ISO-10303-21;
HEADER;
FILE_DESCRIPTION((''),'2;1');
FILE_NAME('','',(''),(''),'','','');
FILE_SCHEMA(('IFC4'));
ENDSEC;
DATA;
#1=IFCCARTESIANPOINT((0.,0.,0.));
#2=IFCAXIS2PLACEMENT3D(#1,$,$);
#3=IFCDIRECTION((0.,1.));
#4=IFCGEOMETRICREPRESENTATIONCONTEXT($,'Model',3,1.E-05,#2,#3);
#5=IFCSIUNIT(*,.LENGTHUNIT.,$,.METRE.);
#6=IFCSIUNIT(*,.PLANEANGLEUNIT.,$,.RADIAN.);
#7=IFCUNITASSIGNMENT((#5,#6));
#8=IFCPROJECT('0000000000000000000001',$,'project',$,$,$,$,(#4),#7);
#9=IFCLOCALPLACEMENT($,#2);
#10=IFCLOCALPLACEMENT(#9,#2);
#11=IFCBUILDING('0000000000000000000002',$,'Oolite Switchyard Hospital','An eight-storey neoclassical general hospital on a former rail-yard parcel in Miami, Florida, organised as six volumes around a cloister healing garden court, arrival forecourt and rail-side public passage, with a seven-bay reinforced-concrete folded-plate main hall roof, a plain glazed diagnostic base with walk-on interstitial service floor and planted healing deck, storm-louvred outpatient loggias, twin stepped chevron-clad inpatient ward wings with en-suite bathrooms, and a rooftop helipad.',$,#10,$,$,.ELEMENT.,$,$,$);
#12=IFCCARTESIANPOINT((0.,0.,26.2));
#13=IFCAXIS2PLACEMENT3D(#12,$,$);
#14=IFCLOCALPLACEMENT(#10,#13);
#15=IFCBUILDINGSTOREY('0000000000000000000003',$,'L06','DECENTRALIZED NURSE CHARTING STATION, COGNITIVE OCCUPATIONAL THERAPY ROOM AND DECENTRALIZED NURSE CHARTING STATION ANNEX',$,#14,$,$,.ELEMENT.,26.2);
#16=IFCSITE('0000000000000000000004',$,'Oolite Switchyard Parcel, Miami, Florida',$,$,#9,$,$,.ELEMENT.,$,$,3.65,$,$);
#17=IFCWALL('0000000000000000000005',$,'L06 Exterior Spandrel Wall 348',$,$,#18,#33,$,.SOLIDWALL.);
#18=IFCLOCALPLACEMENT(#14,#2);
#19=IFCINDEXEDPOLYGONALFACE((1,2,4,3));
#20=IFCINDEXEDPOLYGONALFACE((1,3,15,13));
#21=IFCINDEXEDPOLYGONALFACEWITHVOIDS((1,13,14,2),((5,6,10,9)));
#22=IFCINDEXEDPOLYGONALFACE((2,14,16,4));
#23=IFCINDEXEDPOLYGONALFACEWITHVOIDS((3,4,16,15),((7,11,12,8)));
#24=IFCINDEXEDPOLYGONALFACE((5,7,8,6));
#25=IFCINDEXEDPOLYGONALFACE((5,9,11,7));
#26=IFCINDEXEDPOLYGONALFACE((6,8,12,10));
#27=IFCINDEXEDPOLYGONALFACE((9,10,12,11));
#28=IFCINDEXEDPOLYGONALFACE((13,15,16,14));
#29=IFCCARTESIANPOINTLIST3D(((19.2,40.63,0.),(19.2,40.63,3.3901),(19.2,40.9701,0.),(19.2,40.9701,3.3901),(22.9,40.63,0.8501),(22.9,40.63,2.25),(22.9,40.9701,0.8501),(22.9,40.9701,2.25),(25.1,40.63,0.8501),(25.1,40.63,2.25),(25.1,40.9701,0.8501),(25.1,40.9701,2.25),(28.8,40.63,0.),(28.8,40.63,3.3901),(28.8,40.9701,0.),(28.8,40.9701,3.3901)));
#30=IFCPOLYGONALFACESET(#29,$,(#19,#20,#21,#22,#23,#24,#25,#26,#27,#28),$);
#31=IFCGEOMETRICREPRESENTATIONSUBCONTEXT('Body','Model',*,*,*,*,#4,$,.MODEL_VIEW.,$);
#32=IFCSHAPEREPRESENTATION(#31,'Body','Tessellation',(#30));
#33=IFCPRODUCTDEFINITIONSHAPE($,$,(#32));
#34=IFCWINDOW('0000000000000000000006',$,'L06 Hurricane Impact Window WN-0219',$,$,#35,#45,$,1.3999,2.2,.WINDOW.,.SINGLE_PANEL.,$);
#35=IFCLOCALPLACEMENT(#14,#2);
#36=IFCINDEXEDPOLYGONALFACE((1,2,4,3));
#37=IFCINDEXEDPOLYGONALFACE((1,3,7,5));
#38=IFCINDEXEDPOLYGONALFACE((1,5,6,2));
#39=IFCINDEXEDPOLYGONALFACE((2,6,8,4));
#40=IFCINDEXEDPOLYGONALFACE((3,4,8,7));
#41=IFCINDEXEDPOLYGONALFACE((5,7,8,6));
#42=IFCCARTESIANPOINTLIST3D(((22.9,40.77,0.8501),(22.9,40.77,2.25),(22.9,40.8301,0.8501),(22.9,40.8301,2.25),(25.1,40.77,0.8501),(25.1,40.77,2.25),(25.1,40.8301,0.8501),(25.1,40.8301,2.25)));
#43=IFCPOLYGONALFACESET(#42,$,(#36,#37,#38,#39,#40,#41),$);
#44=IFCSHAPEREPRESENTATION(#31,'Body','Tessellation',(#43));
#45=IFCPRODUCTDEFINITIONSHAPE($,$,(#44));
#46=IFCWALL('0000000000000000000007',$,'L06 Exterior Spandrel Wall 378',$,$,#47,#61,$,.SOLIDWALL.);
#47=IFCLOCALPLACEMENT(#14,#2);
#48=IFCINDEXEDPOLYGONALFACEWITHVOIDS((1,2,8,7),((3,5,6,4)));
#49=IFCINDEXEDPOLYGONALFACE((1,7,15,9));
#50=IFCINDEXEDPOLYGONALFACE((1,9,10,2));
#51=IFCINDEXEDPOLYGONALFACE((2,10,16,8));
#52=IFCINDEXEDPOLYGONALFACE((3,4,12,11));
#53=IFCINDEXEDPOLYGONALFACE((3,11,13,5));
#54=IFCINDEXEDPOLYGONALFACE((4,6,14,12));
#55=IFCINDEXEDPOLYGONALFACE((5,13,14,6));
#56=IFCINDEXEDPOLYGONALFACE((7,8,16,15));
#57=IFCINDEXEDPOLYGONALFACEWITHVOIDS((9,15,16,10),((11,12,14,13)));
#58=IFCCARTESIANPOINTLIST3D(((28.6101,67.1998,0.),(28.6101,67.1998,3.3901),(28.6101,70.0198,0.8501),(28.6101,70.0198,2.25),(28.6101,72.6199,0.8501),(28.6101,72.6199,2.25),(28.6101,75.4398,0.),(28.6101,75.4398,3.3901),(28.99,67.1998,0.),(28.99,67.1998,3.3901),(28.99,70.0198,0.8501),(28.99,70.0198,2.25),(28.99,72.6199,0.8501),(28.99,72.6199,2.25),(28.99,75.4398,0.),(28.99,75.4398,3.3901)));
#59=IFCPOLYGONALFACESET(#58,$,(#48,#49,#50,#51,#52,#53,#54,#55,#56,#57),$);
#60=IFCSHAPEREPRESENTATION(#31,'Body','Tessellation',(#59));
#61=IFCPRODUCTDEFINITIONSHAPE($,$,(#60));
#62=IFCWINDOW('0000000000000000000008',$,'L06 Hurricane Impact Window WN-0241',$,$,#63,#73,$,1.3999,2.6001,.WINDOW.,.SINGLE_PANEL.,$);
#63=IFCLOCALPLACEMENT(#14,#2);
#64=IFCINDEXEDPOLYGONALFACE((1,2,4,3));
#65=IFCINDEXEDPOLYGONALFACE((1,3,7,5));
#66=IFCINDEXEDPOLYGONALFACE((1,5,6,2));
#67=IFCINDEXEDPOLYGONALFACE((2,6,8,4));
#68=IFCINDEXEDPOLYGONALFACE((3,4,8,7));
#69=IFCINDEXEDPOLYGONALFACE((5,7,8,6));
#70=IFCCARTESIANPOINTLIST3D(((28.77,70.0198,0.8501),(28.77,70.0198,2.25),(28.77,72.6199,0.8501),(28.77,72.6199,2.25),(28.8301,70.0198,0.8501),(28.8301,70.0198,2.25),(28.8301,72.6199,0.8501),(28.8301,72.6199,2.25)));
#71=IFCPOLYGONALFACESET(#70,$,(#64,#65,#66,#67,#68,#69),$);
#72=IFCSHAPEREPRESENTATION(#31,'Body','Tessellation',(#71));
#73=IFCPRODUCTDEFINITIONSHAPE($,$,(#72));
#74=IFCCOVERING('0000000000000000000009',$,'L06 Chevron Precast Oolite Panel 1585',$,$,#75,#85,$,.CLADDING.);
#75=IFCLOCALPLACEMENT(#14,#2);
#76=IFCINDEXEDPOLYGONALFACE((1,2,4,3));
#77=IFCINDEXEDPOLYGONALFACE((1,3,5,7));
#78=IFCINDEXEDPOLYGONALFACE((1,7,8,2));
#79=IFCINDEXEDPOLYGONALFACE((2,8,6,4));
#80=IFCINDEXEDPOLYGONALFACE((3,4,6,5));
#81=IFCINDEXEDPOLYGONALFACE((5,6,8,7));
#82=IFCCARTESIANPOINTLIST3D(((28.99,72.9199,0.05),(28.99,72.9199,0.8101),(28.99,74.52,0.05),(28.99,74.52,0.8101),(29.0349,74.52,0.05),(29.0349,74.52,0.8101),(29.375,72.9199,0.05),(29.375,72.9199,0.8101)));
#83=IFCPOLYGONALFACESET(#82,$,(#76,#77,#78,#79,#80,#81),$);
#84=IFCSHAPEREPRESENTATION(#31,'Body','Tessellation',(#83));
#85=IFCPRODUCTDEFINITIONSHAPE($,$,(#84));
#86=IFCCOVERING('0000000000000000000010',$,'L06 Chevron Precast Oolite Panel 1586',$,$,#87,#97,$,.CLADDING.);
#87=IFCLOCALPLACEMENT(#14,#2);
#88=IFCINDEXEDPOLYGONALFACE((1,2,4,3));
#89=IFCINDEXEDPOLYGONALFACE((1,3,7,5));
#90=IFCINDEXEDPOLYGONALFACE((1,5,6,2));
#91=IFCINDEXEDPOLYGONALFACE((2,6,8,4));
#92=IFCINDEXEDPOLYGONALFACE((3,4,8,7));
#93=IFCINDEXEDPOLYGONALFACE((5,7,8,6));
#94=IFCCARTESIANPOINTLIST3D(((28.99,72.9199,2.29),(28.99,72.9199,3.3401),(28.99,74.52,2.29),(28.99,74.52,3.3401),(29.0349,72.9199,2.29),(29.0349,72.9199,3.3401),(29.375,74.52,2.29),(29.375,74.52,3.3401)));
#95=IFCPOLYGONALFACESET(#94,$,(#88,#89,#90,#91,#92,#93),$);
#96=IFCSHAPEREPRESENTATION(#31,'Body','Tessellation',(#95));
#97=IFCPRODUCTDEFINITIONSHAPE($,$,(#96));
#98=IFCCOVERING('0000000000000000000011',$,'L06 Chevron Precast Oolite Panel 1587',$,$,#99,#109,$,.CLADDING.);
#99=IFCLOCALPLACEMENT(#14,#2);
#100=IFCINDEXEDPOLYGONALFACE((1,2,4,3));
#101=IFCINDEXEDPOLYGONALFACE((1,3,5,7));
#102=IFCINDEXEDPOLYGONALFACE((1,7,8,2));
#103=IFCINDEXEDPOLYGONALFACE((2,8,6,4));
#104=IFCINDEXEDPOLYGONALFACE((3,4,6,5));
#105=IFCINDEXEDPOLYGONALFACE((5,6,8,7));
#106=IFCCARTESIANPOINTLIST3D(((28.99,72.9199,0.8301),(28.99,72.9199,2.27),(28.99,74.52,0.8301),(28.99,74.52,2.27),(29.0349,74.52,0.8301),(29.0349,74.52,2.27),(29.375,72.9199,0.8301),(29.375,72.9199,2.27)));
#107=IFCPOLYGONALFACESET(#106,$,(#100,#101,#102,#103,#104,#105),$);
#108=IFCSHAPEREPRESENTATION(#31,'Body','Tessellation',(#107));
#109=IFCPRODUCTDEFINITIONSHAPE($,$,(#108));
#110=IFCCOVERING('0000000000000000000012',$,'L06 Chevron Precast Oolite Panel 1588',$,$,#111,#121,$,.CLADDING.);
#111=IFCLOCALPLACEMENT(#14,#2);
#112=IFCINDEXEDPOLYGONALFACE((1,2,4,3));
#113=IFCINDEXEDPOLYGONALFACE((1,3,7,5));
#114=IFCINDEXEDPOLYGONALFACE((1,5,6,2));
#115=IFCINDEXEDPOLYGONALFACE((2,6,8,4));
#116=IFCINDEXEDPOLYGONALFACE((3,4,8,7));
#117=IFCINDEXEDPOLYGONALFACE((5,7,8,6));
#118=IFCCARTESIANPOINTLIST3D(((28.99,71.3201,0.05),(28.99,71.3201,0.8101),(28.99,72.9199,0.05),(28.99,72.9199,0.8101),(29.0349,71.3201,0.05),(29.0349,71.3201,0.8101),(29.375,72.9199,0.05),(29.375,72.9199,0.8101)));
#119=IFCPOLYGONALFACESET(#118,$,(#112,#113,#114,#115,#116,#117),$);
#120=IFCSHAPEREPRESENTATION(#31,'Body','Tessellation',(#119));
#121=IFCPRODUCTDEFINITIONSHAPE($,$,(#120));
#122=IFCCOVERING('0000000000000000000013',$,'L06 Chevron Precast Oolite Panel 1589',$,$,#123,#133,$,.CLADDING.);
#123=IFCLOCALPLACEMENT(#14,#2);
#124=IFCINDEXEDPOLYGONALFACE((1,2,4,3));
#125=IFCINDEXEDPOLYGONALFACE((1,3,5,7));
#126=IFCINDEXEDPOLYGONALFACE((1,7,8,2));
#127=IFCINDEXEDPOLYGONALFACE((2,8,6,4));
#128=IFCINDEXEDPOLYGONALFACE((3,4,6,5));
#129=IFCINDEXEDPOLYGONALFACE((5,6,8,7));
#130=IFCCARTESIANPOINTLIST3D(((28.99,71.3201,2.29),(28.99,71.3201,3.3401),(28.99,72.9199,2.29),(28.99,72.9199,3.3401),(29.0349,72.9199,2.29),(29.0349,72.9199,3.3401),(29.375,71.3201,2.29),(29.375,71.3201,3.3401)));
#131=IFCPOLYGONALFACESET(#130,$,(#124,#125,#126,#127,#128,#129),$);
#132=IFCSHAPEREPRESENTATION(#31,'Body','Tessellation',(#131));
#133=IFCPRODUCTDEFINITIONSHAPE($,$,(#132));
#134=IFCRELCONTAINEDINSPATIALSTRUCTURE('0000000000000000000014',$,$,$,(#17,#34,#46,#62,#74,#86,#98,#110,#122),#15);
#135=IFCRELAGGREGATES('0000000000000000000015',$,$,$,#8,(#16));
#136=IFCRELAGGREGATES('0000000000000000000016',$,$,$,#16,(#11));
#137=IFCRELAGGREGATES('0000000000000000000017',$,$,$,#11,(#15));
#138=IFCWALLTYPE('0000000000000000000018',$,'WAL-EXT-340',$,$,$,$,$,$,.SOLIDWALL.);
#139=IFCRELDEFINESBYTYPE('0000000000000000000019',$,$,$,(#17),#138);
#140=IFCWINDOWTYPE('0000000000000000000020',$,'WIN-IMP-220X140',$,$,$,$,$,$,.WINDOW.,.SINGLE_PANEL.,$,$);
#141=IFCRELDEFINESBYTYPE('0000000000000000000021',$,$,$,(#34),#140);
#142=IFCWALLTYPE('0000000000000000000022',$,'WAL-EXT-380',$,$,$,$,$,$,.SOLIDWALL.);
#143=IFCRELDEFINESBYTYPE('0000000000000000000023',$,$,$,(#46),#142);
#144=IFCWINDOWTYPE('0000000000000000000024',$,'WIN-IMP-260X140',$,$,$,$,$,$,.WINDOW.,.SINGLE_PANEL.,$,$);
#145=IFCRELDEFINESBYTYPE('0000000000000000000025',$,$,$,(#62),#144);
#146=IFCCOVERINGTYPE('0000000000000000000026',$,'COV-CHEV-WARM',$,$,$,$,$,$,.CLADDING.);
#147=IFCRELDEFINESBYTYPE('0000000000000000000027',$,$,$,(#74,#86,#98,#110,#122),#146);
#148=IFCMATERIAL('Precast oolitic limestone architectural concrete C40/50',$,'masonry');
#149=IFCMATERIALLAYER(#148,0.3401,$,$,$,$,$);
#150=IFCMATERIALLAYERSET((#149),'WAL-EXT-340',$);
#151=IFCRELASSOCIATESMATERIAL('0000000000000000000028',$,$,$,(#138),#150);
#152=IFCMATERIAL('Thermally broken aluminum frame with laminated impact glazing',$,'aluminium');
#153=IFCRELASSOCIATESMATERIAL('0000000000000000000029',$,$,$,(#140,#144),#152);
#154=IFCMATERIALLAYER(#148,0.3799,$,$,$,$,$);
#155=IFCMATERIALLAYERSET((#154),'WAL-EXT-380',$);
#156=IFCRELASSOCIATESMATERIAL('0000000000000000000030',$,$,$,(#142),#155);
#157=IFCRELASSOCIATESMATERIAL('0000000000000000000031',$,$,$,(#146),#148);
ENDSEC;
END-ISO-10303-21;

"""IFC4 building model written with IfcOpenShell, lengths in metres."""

from ifc_helpers import new_model, si_unit, direction, frame, frame_2d, origin, place, context, subcontext, project, spatial, polyline, rectangle, outline, extrude, material, layer, layer_set, type_object, element, fill, save


model = new_model("IFC4")

# Units and contexts
model_context = context("Model", 3, precision=1e-05, world=origin(), true_north=direction((0.0, 1.0)))
body_context = subcontext(model_context, "Body", "Model", "MODEL_VIEW")
ifc_project = project(units=[si_unit("LENGTHUNIT", "METRE"), si_unit("PLANEANGLEUNIT", "RADIAN")], contexts=[model_context])

# Site, building, storey
site_placement = place(None, origin())
site = spatial("IfcSite", under=ifc_project, at=site_placement, Name="Oolite Switchyard Parcel, Miami, Florida", CompositionType="ELEMENT", RefElevation=3.65)
building_placement = place(site_placement, origin())
building = spatial("IfcBuilding", under=site, at=building_placement, Name="Oolite Switchyard Hospital", Description="An eight-storey neoclassical general hospital on a former rail-yard parcel in Miami, Florida, organised as six volumes around a cloister healing garden court, arrival forecourt and rail-side public passage, with a seven-bay reinforced-concrete folded-plate main hall roof, a plain glazed diagnostic base with walk-on interstitial service floor and planted healing deck, storm-louvred outpatient loggias, twin stepped chevron-clad inpatient ward wings with en-suite bathrooms, and a rooftop helipad.", CompositionType="ELEMENT")
storey_placement = place(building_placement, frame((0.0, 0.0, 26.2)))
storey = spatial("IfcBuildingStorey", under=building, at=storey_placement, Name="L06", Description="DECENTRALIZED NURSE CHARTING STATION, COGNITIVE OCCUPATIONAL THERAPY ROOM AND DECENTRALIZED NURSE CHARTING STATION ANNEX", CompositionType="ELEMENT", Elevation=26.2)

# Walls, openings, windows
ifc_material_1 = material(Name="Precast oolitic limestone architectural concrete C40/50", Category="masonry")
ifc_layer_1 = layer(ifc_material_1, 0.3401)
ifc_layer_set_1 = layer_set([ifc_layer_1], Name="WAL-EXT-340")
wall_type_1 = type_object("IfcWallType", Name="WAL-EXT-340", PredefinedType="SOLIDWALL", material=ifc_layer_set_1)
wall_1_placement = place(storey_placement, frame((28.8, 40.8, 0.0), z_axis=(0.0, 0.0, 1.0), x_axis=(-1.0, 0.0, 0.0)))
wall_1 = element("IfcWall", 1, at=wall_1_placement, inside=storey, type_object=wall_type_1, Name="L06 Exterior Spandrel Wall 348", PredefinedType="SOLIDWALL", context=body_context, shape_type="SweptSolid", body=[
    extrude(rectangle(XDim=9.6001, YDim=0.3401, at=frame_2d((4.8, 0.0))), origin(), (0.0, 0.0, 1.0), 3.3901),
])
opening_1_placement = place(wall_1_placement, frame((3.7, 0.0, 0.8501)))
opening_1 = element("IfcOpeningElement", 2, at=opening_1_placement, cuts=wall_1, PredefinedType="OPENING", context=body_context, shape_type="SweptSolid", body=[
    extrude(rectangle(XDim=2.2, YDim=1.3999, at=frame_2d((1.1001, 0.7))), frame((0.0, 0.1802, 0.0), z_axis=(0.0, -1.0, 0.0), x_axis=(1.0, 0.0, 0.0)), (0.0, 0.0, 1.0), 0.3601),
])
ifc_material_2 = material(Name="Thermally broken aluminum frame with laminated impact glazing", Category="aluminium")
window_type_1 = type_object("IfcWindowType", Name="WIN-IMP-220X140", PartitioningType="SINGLE_PANEL", PredefinedType="WINDOW", material=ifc_material_2)
window_1_placement = place(opening_1_placement, origin())
window_1 = element("IfcWindow", 3, at=window_1_placement, inside=storey, type_object=window_type_1, Name="L06 Hurricane Impact Window WN-0219", OverallHeight=1.3999, OverallWidth=2.2, PartitioningType="SINGLE_PANEL", PredefinedType="WINDOW", context=body_context, shape_type="SweptSolid", body=[
    extrude(rectangle(XDim=2.2, YDim=1.3999, at=frame_2d((1.1001, 0.7))), frame((0.0, 0.03, 0.0), z_axis=(0.0, -1.0, 0.0), x_axis=(1.0, 0.0, 0.0)), (0.0, 0.0, 1.0), 0.0601),
])
fill(opening_1, window_1)
ifc_layer_2 = layer(ifc_material_1, 0.3799)
ifc_layer_set_2 = layer_set([ifc_layer_2], Name="WAL-EXT-380")
wall_type_2 = type_object("IfcWallType", Name="WAL-EXT-380", PredefinedType="SOLIDWALL", material=ifc_layer_set_2)
wall_2_placement = place(storey_placement, frame((28.8, 75.4399, 0.0), z_axis=(0.0, 0.0, 1.0), x_axis=(0.0, -1.0, 0.0)))
wall_2 = element("IfcWall", 4, at=wall_2_placement, inside=storey, type_object=wall_type_2, Name="L06 Exterior Spandrel Wall 378", PredefinedType="SOLIDWALL", context=body_context, shape_type="SweptSolid", body=[
    extrude(rectangle(XDim=8.24, YDim=0.3799, at=frame_2d((4.1201, 0.0))), origin(), (0.0, 0.0, 1.0), 3.3901),
])
opening_2_placement = place(wall_2_placement, frame((2.8201, 0.0, 0.8501)))
opening_2 = element("IfcOpeningElement", 5, at=opening_2_placement, cuts=wall_2, PredefinedType="OPENING", context=body_context, shape_type="SweptSolid", body=[
    extrude(rectangle(XDim=2.6001, YDim=1.3999, at=frame_2d((1.3, 0.7))), frame((0.0, 0.2, 0.0), z_axis=(0.0, -1.0, 0.0), x_axis=(1.0, 0.0, 0.0)), (0.0, 0.0, 1.0), 0.3999),
])
window_type_2 = type_object("IfcWindowType", Name="WIN-IMP-260X140", PartitioningType="SINGLE_PANEL", PredefinedType="WINDOW", material=ifc_material_2)
window_2_placement = place(opening_2_placement, origin())
window_2 = element("IfcWindow", 6, at=window_2_placement, inside=storey, type_object=window_type_2, Name="L06 Hurricane Impact Window WN-0241", OverallHeight=1.3999, OverallWidth=2.6001, PartitioningType="SINGLE_PANEL", PredefinedType="WINDOW", context=body_context, shape_type="SweptSolid", body=[
    extrude(rectangle(XDim=2.6001, YDim=1.3999, at=frame_2d((1.3, 0.7))), frame((0.0, 0.03, 0.0), z_axis=(0.0, -1.0, 0.0), x_axis=(1.0, 0.0, 0.0)), (0.0, 0.0, 1.0), 0.0601),
])
fill(opening_2, window_2)

# Coverings
covering_type = type_object("IfcCoveringType", Name="COV-CHEV-WARM", PredefinedType="CLADDING", material=ifc_material_1)
covering_1_placement = place(storey_placement, frame((28.99, 74.52, 0.05), z_axis=(0.0, 0.0, 1.0), x_axis=(0.0, -1.0, 0.0)))
element("IfcCovering", 7, at=covering_1_placement, inside=storey, type_object=covering_type, Name="L06 Chevron Precast Oolite Panel 1585", PredefinedType="CLADDING", context=body_context, shape_type="SweptSolid", body=[
    extrude(outline(polyline([(0.0, 0.0), (1.6001, 0.0), (1.6001, 0.385), (0.0, 0.0449), (0.0, 0.0)])), origin(), (0.0, 0.0, 1.0), 0.76),
])
covering_2_placement = place(storey_placement, frame((28.99, 74.52, 2.29), z_axis=(0.0, 0.0, 1.0), x_axis=(0.0, -1.0, 0.0)))
element("IfcCovering", 8, at=covering_2_placement, inside=storey, type_object=covering_type, Name="L06 Chevron Precast Oolite Panel 1586", PredefinedType="CLADDING", context=body_context, shape_type="SweptSolid", body=[
    extrude(outline(polyline([(0.0, 0.0), (1.6001, 0.0), (1.6001, 0.0449), (0.0, 0.385), (0.0, 0.0)])), origin(), (0.0, 0.0, 1.0), 1.05),
])
covering_3_placement = place(storey_placement, frame((28.99, 74.52, 0.8301), z_axis=(0.0, 0.0, 1.0), x_axis=(0.0, -1.0, 0.0)))
element("IfcCovering", 9, at=covering_3_placement, inside=storey, type_object=covering_type, Name="L06 Chevron Precast Oolite Panel 1587", PredefinedType="CLADDING", context=body_context, shape_type="SweptSolid", body=[
    extrude(outline(polyline([(0.0, 0.0), (1.6001, 0.0), (1.6001, 0.385), (0.0, 0.0449), (0.0, 0.0)])), origin(), (0.0, 0.0, 1.0), 1.4399),
])
covering_4_placement = place(storey_placement, frame((28.99, 72.9199, 0.05), z_axis=(0.0, 0.0, 1.0), x_axis=(0.0, -1.0, 0.0)))
element("IfcCovering", 10, at=covering_4_placement, inside=storey, type_object=covering_type, Name="L06 Chevron Precast Oolite Panel 1588", PredefinedType="CLADDING", context=body_context, shape_type="SweptSolid", body=[
    extrude(outline(polyline([(0.0, 0.0), (1.5999, 0.0), (1.5999, 0.0449), (0.0, 0.385), (0.0, 0.0)])), origin(), (0.0, 0.0, 1.0), 0.76),
])
covering_5_placement = place(storey_placement, frame((28.99, 72.9199, 2.29), z_axis=(0.0, 0.0, 1.0), x_axis=(0.0, -1.0, 0.0)))
element("IfcCovering", 11, at=covering_5_placement, inside=storey, type_object=covering_type, Name="L06 Chevron Precast Oolite Panel 1589", PredefinedType="CLADDING", context=body_context, shape_type="SweptSolid", body=[
    extrude(outline(polyline([(0.0, 0.0), (1.5999, 0.0), (1.5999, 0.385), (0.0, 0.0449), (0.0, 0.0)])), origin(), (0.0, 0.0, 1.0), 1.05),
])

save(model, "model.ifc")
